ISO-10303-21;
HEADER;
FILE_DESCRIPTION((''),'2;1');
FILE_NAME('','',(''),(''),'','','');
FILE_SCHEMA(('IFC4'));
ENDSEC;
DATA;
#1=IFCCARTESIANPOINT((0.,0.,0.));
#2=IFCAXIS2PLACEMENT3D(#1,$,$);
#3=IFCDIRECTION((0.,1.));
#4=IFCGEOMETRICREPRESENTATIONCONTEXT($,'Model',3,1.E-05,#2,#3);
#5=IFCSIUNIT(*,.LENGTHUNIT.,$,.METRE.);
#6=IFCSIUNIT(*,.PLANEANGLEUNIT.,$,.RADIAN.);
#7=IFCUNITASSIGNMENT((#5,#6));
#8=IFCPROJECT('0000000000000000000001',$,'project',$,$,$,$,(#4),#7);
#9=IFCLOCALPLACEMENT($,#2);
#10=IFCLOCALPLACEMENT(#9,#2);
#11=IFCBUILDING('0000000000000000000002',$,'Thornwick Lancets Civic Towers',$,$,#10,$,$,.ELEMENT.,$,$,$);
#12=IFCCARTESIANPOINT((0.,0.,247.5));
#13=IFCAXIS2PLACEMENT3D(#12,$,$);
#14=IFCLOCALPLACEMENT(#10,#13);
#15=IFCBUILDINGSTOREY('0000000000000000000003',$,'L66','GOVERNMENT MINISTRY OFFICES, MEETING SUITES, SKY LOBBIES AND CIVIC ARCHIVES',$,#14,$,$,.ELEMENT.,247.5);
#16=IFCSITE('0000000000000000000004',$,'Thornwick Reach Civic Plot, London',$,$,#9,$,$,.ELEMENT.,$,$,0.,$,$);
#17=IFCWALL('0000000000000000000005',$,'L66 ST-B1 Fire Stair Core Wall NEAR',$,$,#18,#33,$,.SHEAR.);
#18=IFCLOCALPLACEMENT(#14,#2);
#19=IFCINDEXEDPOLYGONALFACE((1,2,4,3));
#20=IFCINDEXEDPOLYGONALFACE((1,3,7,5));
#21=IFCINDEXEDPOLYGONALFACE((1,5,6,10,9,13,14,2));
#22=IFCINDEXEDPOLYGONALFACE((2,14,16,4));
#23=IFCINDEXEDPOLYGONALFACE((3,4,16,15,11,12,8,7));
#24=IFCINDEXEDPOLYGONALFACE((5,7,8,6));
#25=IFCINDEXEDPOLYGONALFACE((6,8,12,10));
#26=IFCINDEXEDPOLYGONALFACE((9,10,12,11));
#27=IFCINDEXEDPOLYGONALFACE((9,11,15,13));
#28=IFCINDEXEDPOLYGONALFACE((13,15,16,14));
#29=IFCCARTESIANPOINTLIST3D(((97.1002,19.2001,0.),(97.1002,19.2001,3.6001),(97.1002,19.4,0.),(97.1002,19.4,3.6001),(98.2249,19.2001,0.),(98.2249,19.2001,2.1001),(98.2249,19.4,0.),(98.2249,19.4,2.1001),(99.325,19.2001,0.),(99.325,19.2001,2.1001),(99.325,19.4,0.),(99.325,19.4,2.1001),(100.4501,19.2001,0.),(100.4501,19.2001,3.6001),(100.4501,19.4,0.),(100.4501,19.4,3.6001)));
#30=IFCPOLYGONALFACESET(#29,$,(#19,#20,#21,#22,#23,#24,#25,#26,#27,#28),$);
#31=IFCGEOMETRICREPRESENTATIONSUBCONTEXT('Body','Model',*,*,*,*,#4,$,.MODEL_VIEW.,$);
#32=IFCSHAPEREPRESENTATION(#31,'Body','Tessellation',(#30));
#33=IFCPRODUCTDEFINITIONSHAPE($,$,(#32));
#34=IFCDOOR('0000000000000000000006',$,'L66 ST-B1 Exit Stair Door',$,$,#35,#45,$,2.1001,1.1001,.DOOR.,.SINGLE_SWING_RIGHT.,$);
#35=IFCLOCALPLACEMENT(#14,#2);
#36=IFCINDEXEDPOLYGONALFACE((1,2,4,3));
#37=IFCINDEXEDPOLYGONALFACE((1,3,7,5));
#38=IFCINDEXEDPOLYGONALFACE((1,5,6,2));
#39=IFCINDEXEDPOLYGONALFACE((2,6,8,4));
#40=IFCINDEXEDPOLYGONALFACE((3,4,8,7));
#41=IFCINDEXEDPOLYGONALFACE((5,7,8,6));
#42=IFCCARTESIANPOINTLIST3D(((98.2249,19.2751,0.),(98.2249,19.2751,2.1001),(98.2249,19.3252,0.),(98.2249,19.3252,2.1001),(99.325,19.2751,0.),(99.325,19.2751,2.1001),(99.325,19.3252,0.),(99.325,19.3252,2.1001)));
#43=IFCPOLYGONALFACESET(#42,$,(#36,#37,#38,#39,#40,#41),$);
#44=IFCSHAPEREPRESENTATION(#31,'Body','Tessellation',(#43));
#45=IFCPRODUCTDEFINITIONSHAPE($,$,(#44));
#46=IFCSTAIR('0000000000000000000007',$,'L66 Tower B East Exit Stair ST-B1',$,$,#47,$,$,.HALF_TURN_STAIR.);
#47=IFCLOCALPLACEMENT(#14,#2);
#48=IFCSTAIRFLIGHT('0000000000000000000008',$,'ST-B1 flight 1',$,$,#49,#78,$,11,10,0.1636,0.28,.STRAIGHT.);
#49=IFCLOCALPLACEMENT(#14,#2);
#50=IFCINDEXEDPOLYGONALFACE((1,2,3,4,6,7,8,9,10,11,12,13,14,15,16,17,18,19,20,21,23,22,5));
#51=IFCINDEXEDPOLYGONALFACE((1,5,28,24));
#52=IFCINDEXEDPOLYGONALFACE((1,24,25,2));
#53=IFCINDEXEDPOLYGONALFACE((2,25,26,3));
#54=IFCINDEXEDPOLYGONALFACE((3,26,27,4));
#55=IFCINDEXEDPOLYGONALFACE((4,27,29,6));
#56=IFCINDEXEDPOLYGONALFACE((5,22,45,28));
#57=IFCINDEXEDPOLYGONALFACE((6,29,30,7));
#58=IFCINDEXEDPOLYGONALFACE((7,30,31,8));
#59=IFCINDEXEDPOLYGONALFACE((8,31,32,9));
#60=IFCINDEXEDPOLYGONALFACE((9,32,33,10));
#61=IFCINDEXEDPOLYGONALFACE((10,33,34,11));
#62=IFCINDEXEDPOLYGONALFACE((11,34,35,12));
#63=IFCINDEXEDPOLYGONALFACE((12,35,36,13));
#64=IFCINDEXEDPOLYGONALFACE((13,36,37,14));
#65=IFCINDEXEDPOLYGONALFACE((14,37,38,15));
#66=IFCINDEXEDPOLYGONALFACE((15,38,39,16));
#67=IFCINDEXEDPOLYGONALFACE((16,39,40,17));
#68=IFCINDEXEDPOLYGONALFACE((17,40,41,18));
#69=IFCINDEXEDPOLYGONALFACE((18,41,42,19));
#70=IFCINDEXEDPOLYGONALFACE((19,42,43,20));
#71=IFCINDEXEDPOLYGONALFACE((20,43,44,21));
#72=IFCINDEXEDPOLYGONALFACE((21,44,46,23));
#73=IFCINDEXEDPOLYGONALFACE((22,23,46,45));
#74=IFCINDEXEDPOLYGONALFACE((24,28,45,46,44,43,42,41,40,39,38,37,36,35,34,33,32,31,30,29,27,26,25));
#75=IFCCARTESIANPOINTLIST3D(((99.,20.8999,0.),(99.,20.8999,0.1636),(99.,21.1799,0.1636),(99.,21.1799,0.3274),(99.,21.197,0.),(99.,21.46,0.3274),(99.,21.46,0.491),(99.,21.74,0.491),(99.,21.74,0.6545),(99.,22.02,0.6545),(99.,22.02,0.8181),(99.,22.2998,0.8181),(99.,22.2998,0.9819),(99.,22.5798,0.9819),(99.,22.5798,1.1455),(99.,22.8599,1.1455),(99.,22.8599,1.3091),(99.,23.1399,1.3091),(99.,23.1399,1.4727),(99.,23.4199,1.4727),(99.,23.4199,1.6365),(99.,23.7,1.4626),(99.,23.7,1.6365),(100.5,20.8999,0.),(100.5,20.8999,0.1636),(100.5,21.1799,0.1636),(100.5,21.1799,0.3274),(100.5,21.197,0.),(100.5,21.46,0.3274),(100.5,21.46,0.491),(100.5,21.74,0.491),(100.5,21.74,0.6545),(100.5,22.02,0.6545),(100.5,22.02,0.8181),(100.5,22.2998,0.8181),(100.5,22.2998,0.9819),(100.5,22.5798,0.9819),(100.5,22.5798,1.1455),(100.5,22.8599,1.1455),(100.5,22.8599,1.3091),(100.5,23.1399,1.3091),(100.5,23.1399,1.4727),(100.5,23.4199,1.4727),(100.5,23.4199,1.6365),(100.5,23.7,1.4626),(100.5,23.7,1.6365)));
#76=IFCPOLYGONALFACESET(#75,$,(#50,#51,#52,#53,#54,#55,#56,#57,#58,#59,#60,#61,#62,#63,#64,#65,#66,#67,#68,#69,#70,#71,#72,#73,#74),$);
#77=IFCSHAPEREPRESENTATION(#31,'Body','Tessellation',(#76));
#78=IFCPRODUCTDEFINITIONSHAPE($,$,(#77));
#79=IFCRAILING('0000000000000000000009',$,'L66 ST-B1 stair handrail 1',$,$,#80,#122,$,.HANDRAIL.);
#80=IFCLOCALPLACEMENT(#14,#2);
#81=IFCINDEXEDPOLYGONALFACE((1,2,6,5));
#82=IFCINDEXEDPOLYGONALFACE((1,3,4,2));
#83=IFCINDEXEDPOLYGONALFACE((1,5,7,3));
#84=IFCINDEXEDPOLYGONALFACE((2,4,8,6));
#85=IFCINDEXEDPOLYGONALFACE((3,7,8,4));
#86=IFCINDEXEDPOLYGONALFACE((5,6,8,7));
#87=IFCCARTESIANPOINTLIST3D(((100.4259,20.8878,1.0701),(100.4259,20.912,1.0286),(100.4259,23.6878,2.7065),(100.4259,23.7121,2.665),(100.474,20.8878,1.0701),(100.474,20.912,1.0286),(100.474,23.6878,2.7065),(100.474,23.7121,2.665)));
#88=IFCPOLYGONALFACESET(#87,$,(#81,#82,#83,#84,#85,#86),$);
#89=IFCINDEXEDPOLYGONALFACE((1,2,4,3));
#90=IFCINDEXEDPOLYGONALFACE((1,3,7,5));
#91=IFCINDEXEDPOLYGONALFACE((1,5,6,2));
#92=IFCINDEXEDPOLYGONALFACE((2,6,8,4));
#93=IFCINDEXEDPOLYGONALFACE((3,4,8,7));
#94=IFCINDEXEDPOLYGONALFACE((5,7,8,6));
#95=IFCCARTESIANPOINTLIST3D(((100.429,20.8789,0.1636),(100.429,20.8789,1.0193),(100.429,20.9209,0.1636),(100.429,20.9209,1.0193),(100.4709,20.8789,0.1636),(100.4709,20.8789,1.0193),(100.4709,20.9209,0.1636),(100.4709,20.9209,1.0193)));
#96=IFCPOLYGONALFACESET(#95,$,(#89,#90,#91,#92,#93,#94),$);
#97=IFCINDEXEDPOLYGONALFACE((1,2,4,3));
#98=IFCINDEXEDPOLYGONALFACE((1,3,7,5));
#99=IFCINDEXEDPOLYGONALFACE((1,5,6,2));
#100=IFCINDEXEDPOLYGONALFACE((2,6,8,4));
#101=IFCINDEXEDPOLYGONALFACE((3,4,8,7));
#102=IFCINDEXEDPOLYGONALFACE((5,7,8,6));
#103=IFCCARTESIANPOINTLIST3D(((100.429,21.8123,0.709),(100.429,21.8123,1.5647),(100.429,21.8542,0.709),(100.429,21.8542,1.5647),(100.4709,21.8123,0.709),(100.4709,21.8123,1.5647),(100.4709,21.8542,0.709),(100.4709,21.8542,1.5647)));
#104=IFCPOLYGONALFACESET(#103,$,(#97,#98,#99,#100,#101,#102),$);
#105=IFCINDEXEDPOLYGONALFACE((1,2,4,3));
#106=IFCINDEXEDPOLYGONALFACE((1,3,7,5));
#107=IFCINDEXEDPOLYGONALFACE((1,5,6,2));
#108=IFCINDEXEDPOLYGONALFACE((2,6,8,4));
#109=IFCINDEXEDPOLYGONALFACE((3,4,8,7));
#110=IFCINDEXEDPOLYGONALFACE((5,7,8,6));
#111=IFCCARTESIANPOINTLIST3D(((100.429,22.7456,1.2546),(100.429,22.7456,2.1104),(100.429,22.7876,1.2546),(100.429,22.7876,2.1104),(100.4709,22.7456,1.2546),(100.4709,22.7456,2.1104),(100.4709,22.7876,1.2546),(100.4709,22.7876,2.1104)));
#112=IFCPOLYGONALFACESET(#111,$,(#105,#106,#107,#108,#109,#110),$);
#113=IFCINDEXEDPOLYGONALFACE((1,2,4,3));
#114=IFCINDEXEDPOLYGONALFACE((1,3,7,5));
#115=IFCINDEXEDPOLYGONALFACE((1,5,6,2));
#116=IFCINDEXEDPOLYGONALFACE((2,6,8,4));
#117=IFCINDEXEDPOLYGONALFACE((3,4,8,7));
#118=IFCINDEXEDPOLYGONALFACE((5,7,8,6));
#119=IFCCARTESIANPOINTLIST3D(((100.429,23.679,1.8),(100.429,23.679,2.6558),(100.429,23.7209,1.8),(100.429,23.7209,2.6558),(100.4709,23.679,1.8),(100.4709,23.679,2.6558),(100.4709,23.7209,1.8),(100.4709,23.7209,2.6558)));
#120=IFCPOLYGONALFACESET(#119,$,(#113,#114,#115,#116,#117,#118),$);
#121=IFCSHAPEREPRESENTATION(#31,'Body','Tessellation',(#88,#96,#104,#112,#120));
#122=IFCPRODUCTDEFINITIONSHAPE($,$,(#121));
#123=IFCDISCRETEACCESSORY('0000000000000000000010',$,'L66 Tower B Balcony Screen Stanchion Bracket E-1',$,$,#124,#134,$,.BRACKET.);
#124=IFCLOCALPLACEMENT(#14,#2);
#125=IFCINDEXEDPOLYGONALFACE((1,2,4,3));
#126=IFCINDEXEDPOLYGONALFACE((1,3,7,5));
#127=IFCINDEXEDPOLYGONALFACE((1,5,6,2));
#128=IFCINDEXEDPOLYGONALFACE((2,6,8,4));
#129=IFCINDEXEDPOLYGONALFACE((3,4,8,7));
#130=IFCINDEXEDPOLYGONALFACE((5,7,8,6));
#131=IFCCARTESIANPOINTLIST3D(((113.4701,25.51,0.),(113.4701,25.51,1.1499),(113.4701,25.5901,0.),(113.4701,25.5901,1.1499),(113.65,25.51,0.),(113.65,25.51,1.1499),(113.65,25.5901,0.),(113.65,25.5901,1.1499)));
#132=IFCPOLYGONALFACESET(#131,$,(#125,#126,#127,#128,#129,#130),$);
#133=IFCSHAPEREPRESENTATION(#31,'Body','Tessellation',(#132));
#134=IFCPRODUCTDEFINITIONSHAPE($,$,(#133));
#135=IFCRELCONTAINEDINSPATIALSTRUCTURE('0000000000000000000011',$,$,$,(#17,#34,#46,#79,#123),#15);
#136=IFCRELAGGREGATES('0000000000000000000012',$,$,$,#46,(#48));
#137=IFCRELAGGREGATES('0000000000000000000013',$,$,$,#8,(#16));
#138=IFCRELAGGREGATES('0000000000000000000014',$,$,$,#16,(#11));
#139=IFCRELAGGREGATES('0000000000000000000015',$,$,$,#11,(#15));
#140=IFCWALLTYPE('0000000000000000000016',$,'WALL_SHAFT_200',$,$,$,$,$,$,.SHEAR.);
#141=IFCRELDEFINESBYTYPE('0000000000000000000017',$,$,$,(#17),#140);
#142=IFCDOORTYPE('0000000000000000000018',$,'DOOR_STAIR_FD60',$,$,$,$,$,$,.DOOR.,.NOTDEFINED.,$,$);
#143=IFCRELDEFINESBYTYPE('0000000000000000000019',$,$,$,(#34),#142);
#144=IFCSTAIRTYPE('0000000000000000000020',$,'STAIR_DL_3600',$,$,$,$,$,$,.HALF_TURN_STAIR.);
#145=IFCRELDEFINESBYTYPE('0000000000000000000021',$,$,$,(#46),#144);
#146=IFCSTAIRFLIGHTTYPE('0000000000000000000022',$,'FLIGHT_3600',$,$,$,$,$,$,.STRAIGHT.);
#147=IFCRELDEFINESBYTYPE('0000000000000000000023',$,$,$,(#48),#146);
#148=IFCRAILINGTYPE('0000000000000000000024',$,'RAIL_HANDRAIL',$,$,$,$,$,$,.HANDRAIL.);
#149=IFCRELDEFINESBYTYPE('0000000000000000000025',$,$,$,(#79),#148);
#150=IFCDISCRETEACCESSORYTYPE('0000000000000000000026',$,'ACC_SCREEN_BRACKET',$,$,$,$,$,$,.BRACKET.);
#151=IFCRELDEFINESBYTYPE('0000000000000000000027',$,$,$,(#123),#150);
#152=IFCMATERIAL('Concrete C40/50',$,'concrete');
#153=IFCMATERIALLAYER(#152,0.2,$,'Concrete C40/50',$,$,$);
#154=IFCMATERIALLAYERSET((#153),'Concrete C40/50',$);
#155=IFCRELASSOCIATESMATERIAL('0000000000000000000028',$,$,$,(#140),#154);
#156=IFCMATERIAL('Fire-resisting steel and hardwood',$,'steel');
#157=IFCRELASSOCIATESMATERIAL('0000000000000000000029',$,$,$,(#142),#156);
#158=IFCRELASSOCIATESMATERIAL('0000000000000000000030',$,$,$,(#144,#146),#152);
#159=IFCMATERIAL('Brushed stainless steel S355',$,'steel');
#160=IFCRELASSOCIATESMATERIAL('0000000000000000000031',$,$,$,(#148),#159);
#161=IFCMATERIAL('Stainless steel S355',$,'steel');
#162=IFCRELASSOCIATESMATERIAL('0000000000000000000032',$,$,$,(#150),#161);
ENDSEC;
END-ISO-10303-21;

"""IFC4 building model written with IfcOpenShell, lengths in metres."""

from ifc_helpers import new_model, si_unit, direction, frame, frame_2d, origin, origin_2d, place, context, subcontext, project, spatial, polyline, rectangle, outline, extrude, material, layer, layer_set, type_object, element, fill, aggregate, save


model = new_model("IFC4")

# Units and contexts
model_context = context("Model", 3, precision=1e-05, world=origin(), true_north=direction((0.0, 1.0)))
body_context = subcontext(model_context, "Body", "Model", "MODEL_VIEW")
ifc_project = project(units=[si_unit("LENGTHUNIT", "METRE"), si_unit("PLANEANGLEUNIT", "RADIAN")], contexts=[model_context])

# Site, building, storey
site_placement = place(None, origin())
site = spatial("IfcSite", under=ifc_project, at=site_placement, Name="Thornwick Reach Civic Plot, London", CompositionType="ELEMENT", RefElevation=0.0)
building_placement = place(site_placement, origin())
building = spatial("IfcBuilding", under=site, at=building_placement, Name="Thornwick Lancets Civic Towers", CompositionType="ELEMENT")
storey_placement = place(building_placement, frame((0.0, 0.0, 247.5)))
storey = spatial("IfcBuildingStorey", under=building, at=storey_placement, Name="L66", Description="GOVERNMENT MINISTRY OFFICES, MEETING SUITES, SKY LOBBIES AND CIVIC ARCHIVES", CompositionType="ELEMENT", Elevation=247.5)

# Shared definitions
ifc_material_1 = material(Name="Concrete C40/50", Category="concrete")

# Wall, opening, door
ifc_layer_1 = layer(ifc_material_1, 0.2, Name="Concrete C40/50")
ifc_layer_set_1 = layer_set([ifc_layer_1], Name="Concrete C40/50")
wall_type_1 = type_object("IfcWallType", Name="WALL_SHAFT_200", PredefinedType="SHEAR", material=ifc_layer_set_1)
wall_1_placement = place(storey_placement, frame((100.45, 19.3, 0.0), z_axis=(0.0, 0.0, 1.0), x_axis=(-1.0, 0.0, 0.0)))
wall_1 = element("IfcWall", 1, at=wall_1_placement, inside=storey, type_object=wall_type_1, Name="L66 ST-B1 Fire Stair Core Wall NEAR", PredefinedType="SHEAR", context=body_context, shape_type="SweptSolid", body=[
    extrude(rectangle(XDim=3.3499, YDim=0.2, at=frame_2d((1.6748, 0.0))), origin(), (0.0, 0.0, 1.0), 3.6001),
])
opening_1_placement = place(wall_1_placement, frame((1.125, 0.0, 0.0)))
opening_1 = element("IfcOpeningElement", 2, at=opening_1_placement, cuts=wall_1, PredefinedType="OPENING", context=body_context, shape_type="SweptSolid", body=[
    extrude(rectangle(XDim=1.1001, YDim=2.1001, at=frame_2d((0.55, 1.05))), frame((0.0, 0.1099, 0.0), z_axis=(0.0, -1.0, 0.0), x_axis=(1.0, 0.0, 0.0)), (0.0, 0.0, 1.0), 0.22),
])
ifc_material_2 = material(Name="Fire-resisting steel and hardwood", Category="steel")
door_type_1 = type_object("IfcDoorType", Name="DOOR_STAIR_FD60", OperationType="NOTDEFINED", PredefinedType="DOOR", material=ifc_material_2)
door_1_placement = place(opening_1_placement, origin())
door_1 = element("IfcDoor", 3, at=door_1_placement, inside=storey, type_object=door_type_1, Name="L66 ST-B1 Exit Stair Door", OperationType="SINGLE_SWING_RIGHT", OverallHeight=2.1001, OverallWidth=1.1001, PredefinedType="DOOR", context=body_context, shape_type="SweptSolid", body=[
    extrude(rectangle(XDim=1.1001, YDim=2.1001, at=frame_2d((0.55, 1.05))), frame((0.0, 0.0249, 0.0), z_axis=(0.0, -1.0, 0.0), x_axis=(1.0, 0.0, 0.0)), (0.0, 0.0, 1.0), 0.05),
])
fill(opening_1, door_1)

# Stair, stair flight
stair_type = type_object("IfcStairType", Name="STAIR_DL_3600", PredefinedType="HALF_TURN_STAIR", material=ifc_material_1)
stair_placement = place(storey_placement, origin())
stair = element("IfcStair", 4, at=stair_placement, inside=storey, type_object=stair_type, Name="L66 Tower B East Exit Stair ST-B1", PredefinedType="HALF_TURN_STAIR")
stair_flight_type = type_object("IfcStairFlightType", Name="FLIGHT_3600", PredefinedType="STRAIGHT", material=ifc_material_1)
stair_flight_placement = place(storey_placement, frame((99.75, 20.8999, 0.0), z_axis=(0.0, 0.0, 1.0), x_axis=(0.0, 1.0, 0.0)))
stair_flight = element("IfcStairFlight", 5, at=stair_flight_placement, type_object=stair_flight_type, Name="ST-B1 flight 1", NumberOfRisers=11, NumberOfTreads=10, PredefinedType="STRAIGHT", RiserHeight=0.1636, TreadLength=0.28, context=body_context, shape_type="SweptSolid", body=[
    extrude(outline(polyline([(0.0, 0.0), (0.0, 0.1636), (0.28, 0.1636), (0.28, 0.3274), (0.5601, 0.3274), (0.5601, 0.491), (0.8401, 0.491), (0.8401, 0.6545), (1.1201, 0.6545), (1.1201, 0.8181), (1.3999, 0.8181), (1.3999, 0.9819), (1.6799, 0.9819), (1.6799, 1.1455), (1.96, 1.1455), (1.96, 1.3091), (2.24, 1.3091), (2.24, 1.4727), (2.52, 1.4727), (2.52, 1.6365), (2.8, 1.6365), (2.8, 1.8), (2.8, 1.4626), (0.2971, 0.0), (0.0, 0.0)])), frame((0.0, 0.75, 0.0), z_axis=(0.0, -1.0, 0.0), x_axis=(1.0, 0.0, 0.0)), (0.0, 0.0, 1.0), 1.5),
])
aggregate(stair, [stair_flight])

# Railing
ifc_material_3 = material(Name="Brushed stainless steel S355", Category="steel")
railing_type_1 = type_object("IfcRailingType", Name="RAIL_HANDRAIL", PredefinedType="HANDRAIL", material=ifc_material_3)
railing_1_placement = place(storey_placement, frame((100.45, 20.8999, 0.1636)))
element("IfcRailing", 6, at=railing_1_placement, inside=storey, type_object=railing_type_1, Name="L66 ST-B1 stair handrail 1", PredefinedType="HANDRAIL", context=body_context, shape_type="SweptSolid", body=[
    extrude(rectangle(XDim=0.0481, YDim=0.0481, at=origin_2d()), frame((0.0, 0.0, 0.8857), z_axis=(0.0, 0.863361, 0.504587), x_axis=(-1.0, 0.0, 0.0)), (0.0, 0.0, 1.0), 3.2432),
    extrude(rectangle(XDim=0.042, YDim=0.042, at=origin_2d()), origin(), (0.0, 0.0, 1.0), 0.8557),
    extrude(rectangle(XDim=0.042, YDim=0.042, at=origin_2d()), frame((0.0, 0.9333, 0.5454)), (0.0, 0.0, 1.0), 0.8557),
    extrude(rectangle(XDim=0.042, YDim=0.042, at=origin_2d()), frame((0.0, 1.8667, 1.0911)), (0.0, 0.0, 1.0), 0.8557),
    extrude(rectangle(XDim=0.042, YDim=0.042, at=origin_2d()), frame((0.0, 2.8, 1.6365)), (0.0, 0.0, 1.0), 0.8557),
])

# Discrete accessory
ifc_material_4 = material(Name="Stainless steel S355", Category="steel")
discrete_accessory_type = type_object("IfcDiscreteAccessoryType", Name="ACC_SCREEN_BRACKET", PredefinedType="BRACKET", material=ifc_material_4)
discrete_accessory_placement = place(storey_placement, frame((113.5601, 25.55, 0.0), z_axis=(0.0, 0.0, 1.0), x_axis=(0.0, 1.0, 0.0)))
element("IfcDiscreteAccessory", 7, at=discrete_accessory_placement, inside=storey, type_object=discrete_accessory_type, Name="L66 Tower B Balcony Screen Stanchion Bracket E-1", PredefinedType="BRACKET", context=body_context, shape_type="SweptSolid", body=[
    extrude(rectangle(XDim=0.0801, YDim=0.1799, at=origin_2d()), origin(), (0.0, 0.0, 1.0), 1.1499),
])

save(model, "model.ifc")
